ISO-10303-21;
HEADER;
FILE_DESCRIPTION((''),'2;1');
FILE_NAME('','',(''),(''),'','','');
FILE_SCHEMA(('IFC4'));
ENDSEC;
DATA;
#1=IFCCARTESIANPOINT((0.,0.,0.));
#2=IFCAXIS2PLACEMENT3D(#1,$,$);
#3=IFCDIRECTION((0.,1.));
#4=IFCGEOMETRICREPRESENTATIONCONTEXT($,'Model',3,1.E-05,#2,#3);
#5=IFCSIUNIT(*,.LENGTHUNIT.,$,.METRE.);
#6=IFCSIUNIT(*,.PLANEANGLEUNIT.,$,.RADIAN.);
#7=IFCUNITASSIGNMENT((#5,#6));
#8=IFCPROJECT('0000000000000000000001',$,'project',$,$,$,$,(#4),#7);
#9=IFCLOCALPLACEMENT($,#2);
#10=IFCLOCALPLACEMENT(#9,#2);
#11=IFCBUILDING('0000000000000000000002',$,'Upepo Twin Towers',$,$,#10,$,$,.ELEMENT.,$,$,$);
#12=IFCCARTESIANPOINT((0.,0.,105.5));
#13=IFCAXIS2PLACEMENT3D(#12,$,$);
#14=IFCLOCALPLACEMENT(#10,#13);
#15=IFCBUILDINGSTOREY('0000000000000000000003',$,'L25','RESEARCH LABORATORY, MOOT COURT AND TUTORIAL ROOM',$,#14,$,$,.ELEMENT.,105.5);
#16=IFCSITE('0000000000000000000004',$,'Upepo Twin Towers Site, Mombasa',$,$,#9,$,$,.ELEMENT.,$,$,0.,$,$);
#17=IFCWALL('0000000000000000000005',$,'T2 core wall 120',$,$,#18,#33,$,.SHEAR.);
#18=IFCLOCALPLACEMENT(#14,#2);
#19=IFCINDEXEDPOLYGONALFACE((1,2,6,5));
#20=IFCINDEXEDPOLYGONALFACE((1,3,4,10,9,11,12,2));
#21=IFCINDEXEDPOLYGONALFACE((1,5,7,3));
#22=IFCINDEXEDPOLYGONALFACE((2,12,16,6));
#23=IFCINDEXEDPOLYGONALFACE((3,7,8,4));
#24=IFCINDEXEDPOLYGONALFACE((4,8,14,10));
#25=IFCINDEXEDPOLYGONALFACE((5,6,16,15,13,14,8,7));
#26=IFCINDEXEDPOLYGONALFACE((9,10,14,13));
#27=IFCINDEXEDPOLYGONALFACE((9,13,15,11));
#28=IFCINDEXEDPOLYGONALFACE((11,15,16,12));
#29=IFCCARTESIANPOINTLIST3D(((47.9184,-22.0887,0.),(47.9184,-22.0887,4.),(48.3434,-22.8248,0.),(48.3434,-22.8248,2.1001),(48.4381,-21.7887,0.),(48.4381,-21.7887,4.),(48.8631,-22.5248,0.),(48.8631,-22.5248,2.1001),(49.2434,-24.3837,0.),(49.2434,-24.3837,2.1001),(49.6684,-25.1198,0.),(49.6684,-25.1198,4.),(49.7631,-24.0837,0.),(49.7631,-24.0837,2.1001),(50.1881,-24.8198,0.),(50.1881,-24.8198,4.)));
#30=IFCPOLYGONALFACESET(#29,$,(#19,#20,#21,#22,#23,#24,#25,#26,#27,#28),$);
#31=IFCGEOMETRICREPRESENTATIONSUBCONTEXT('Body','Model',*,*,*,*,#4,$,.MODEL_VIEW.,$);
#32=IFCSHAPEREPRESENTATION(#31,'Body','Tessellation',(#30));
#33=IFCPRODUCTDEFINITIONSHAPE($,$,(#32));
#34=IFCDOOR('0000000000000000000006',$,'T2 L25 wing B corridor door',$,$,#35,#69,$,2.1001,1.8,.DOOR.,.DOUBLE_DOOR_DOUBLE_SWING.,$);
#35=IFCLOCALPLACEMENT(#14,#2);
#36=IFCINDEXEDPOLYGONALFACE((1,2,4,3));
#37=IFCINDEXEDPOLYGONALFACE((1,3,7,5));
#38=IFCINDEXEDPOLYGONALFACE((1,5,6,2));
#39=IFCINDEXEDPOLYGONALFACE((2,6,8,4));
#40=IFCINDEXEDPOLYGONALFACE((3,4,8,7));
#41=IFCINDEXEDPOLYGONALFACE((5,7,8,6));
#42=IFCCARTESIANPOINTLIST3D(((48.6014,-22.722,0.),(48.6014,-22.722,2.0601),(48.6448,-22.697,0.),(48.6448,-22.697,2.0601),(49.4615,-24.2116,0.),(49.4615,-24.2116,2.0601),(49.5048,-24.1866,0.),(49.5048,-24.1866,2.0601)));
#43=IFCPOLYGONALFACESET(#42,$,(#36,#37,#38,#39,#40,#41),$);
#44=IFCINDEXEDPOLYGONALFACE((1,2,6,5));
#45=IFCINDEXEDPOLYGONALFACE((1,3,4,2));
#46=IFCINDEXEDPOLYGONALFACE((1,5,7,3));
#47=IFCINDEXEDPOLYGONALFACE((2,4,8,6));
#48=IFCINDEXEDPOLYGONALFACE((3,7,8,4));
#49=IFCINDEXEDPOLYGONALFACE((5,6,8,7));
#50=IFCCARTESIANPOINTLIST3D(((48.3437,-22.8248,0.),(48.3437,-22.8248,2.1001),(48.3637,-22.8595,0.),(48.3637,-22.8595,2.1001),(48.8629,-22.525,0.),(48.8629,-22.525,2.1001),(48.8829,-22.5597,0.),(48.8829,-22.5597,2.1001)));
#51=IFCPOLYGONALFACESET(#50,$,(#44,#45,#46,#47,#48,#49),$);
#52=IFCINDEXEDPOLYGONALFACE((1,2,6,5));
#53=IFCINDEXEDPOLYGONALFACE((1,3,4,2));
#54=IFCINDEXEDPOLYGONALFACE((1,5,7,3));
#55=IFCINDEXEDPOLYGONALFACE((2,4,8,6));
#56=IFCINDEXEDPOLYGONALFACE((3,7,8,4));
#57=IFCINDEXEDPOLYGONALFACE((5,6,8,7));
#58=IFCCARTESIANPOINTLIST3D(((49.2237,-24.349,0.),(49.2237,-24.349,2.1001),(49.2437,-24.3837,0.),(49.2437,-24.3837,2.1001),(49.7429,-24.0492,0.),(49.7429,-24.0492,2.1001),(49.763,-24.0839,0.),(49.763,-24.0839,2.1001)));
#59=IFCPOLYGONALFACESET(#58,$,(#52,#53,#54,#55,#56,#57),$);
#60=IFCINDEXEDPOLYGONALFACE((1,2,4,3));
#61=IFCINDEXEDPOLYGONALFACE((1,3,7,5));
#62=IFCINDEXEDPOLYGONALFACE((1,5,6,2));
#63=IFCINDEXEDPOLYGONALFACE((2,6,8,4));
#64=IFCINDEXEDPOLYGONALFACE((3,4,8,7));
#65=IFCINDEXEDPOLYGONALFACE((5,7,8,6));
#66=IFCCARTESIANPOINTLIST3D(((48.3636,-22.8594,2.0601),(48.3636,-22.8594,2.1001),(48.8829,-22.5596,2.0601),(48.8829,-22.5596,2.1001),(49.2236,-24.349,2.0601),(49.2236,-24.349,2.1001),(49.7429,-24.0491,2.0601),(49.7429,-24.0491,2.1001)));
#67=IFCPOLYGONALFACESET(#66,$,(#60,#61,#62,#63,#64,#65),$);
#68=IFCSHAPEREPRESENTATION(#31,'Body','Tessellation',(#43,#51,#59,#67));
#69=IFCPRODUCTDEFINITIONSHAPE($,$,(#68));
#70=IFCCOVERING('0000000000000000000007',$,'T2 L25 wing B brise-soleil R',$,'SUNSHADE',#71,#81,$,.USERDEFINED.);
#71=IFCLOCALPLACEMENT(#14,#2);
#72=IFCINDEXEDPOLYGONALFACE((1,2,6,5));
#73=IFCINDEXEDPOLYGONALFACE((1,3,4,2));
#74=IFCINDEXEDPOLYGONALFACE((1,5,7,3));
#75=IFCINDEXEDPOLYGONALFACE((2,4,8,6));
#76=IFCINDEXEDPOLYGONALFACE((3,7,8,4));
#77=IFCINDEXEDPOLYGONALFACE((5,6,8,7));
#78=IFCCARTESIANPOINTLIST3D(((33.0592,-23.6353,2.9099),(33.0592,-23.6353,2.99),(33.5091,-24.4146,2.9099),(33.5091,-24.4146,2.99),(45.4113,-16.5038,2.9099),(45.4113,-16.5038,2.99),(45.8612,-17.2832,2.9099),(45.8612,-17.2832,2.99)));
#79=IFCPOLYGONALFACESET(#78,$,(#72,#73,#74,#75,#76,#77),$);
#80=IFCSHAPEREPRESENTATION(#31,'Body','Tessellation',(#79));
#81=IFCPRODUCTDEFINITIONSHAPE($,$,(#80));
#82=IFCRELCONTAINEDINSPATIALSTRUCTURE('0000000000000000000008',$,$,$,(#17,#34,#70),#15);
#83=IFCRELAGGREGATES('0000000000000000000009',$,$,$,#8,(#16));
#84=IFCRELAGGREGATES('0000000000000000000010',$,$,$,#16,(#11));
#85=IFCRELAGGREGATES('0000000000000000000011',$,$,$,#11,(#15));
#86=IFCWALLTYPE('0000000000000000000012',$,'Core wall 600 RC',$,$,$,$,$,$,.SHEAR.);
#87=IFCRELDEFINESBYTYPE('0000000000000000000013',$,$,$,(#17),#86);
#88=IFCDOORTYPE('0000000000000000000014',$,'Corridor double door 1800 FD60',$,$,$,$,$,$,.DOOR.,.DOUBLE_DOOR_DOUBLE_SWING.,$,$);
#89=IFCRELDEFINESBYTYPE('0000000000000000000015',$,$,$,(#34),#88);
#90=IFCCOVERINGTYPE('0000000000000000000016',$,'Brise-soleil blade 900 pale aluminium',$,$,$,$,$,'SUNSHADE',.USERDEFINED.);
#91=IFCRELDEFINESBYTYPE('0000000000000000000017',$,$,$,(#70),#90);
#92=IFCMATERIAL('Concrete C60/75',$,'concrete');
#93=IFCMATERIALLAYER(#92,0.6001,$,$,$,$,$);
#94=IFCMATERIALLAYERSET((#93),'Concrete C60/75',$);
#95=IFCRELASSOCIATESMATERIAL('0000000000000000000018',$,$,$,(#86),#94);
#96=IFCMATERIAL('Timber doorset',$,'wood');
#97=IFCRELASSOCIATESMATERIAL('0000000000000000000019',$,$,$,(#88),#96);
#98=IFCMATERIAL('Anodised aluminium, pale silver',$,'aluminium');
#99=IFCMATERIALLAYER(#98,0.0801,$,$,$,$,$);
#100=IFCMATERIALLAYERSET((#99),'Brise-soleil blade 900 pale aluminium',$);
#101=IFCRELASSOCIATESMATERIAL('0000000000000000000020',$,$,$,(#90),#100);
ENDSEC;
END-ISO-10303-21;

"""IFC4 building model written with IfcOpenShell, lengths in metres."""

from ifc_helpers import new_model, si_unit, direction, frame, frame_2d, origin, origin_2d, place, context, subcontext, project, spatial, rectangle, extrude, material, layer, layer_set, type_object, element, fill, save


model = new_model("IFC4")

# Units and contexts
model_context = context("Model", 3, precision=1e-05, world=origin(), true_north=direction((0.0, 1.0)))
body_context = subcontext(model_context, "Body", "Model", "MODEL_VIEW")
ifc_project = project(units=[si_unit("LENGTHUNIT", "METRE"), si_unit("PLANEANGLEUNIT", "RADIAN")], contexts=[model_context])

# Site, building, storey
site_placement = place(None, origin())
site = spatial("IfcSite", under=ifc_project, at=site_placement, Name="Upepo Twin Towers Site, Mombasa", CompositionType="ELEMENT", RefElevation=0.0)
building_placement = place(site_placement, origin())
building = spatial("IfcBuilding", under=site, at=building_placement, Name="Upepo Twin Towers", CompositionType="ELEMENT")
storey_placement = place(building_placement, frame((0.0, 0.0, 105.5)))
storey = spatial("IfcBuildingStorey", under=building, at=storey_placement, Name="L25", Description="RESEARCH LABORATORY, MOOT COURT AND TUTORIAL ROOM", CompositionType="ELEMENT", Elevation=105.5)

# Shared definitions
ifc_material_1 = material(Name="Concrete C60/75", Category="concrete")
ifc_layer_1 = layer(ifc_material_1, 0.6001)
ifc_layer_set_1 = layer_set([ifc_layer_1], Name="Concrete C60/75")
wall_type = type_object("IfcWallType", Name="Core wall 600 RC", PredefinedType="SHEAR", material=ifc_layer_set_1)

# Wall, opening, door
wall_1_placement = place(storey_placement, frame((48.1782, -21.9387, 0.0), z_axis=(0.0, 0.0, 1.0), x_axis=(0.50001, -0.866019, 0.0)))
wall_1 = element("IfcWall", 1, at=wall_1_placement, inside=storey, type_object=wall_type, Name="T2 core wall 120", PredefinedType="SHEAR", context=body_context, shape_type="SweptSolid", body=[
    extrude(rectangle(XDim=3.5, YDim=0.6001, at=frame_2d((1.75, 0.0))), origin(), (0.0, 0.0, 1.0), 4.0),
])
opening_placement = place(wall_1_placement, frame((0.8501, 0.0, 0.0)))
opening = element("IfcOpeningElement", 2, at=opening_placement, cuts=wall_1, PredefinedType="OPENING", context=body_context, shape_type="SweptSolid", body=[
    extrude(rectangle(XDim=1.8, YDim=2.1001, at=frame_2d((0.8999, 1.05))), frame((0.0, 0.3101, 0.0), z_axis=(0.0, -1.0, 0.0), x_axis=(1.0, 0.0, 0.0)), (0.0, 0.0, 1.0), 0.6201),
])
ifc_material_2 = material(Name="Timber doorset", Category="wood")
door_type = type_object("IfcDoorType", Name="Corridor double door 1800 FD60", OperationType="DOUBLE_DOOR_DOUBLE_SWING", PredefinedType="DOOR", material=ifc_material_2)
door_placement = place(opening_placement, origin())
door = element("IfcDoor", 3, at=door_placement, inside=storey, type_object=door_type, Name="T2 L25 wing B corridor door", OperationType="DOUBLE_DOOR_DOUBLE_SWING", OverallHeight=2.1001, OverallWidth=1.8, PredefinedType="DOOR", context=body_context, shape_type="SweptSolid", body=[
    extrude(rectangle(XDim=1.72, YDim=2.0601, at=frame_2d((0.8999, 1.03))), frame((0.0, 0.0249, 0.0), z_axis=(0.0, -1.0, 0.0), x_axis=(1.0, 0.0, 0.0)), (0.0, 0.0, 1.0), 0.05),
    extrude(rectangle(XDim=0.04, YDim=2.1001, at=frame_2d((0.02, 1.05))), frame((0.0, 0.2998, 0.0), z_axis=(0.0, -1.0, 0.0), x_axis=(1.0, 0.0, 0.0)), (0.0, 0.0, 1.0), 0.5996),
    extrude(rectangle(XDim=0.04, YDim=2.1001, at=frame_2d((1.78, 1.05))), frame((0.0, 0.2998, 0.0), z_axis=(0.0, -1.0, 0.0), x_axis=(1.0, 0.0, 0.0)), (0.0, 0.0, 1.0), 0.5996),
    extrude(rectangle(XDim=1.72, YDim=0.04, at=frame_2d((0.8999, 2.0801))), frame((0.0, 0.2998, 0.0), z_axis=(0.0, -1.0, 0.0), x_axis=(1.0, 0.0, 0.0)), (0.0, 0.0, 1.0), 0.5996),
])
fill(opening, door)

# Covering
ifc_material_3 = material(Name="Anodised aluminium, pale silver", Category="aluminium")
ifc_layer_2 = layer(ifc_material_3, 0.0801)
ifc_layer_set_2 = layer_set([ifc_layer_2], Name="Brise-soleil blade 900 pale aluminium")
covering_type = type_object("IfcCoveringType", Name="Brise-soleil blade 900 pale aluminium", ElementType="SUNSHADE", PredefinedType="USERDEFINED", material=ifc_layer_set_2)
covering_placement = place(storey_placement, frame((39.4602, -20.4592, 2.9099), z_axis=(0.0, 0.0, 1.0), x_axis=(-0.866025, -0.5, 0.0)))
element("IfcCovering", 4, at=covering_placement, inside=storey, type_object=covering_type, Name="T2 L25 wing B brise-soleil R", ObjectType="SUNSHADE", PredefinedType="USERDEFINED", context=body_context, shape_type="SweptSolid", body=[
    extrude(rectangle(XDim=14.2629, YDim=0.8999, at=origin_2d()), origin(), (0.0, 0.0, 1.0), 0.0801),
])

save(model, "model.ifc")
